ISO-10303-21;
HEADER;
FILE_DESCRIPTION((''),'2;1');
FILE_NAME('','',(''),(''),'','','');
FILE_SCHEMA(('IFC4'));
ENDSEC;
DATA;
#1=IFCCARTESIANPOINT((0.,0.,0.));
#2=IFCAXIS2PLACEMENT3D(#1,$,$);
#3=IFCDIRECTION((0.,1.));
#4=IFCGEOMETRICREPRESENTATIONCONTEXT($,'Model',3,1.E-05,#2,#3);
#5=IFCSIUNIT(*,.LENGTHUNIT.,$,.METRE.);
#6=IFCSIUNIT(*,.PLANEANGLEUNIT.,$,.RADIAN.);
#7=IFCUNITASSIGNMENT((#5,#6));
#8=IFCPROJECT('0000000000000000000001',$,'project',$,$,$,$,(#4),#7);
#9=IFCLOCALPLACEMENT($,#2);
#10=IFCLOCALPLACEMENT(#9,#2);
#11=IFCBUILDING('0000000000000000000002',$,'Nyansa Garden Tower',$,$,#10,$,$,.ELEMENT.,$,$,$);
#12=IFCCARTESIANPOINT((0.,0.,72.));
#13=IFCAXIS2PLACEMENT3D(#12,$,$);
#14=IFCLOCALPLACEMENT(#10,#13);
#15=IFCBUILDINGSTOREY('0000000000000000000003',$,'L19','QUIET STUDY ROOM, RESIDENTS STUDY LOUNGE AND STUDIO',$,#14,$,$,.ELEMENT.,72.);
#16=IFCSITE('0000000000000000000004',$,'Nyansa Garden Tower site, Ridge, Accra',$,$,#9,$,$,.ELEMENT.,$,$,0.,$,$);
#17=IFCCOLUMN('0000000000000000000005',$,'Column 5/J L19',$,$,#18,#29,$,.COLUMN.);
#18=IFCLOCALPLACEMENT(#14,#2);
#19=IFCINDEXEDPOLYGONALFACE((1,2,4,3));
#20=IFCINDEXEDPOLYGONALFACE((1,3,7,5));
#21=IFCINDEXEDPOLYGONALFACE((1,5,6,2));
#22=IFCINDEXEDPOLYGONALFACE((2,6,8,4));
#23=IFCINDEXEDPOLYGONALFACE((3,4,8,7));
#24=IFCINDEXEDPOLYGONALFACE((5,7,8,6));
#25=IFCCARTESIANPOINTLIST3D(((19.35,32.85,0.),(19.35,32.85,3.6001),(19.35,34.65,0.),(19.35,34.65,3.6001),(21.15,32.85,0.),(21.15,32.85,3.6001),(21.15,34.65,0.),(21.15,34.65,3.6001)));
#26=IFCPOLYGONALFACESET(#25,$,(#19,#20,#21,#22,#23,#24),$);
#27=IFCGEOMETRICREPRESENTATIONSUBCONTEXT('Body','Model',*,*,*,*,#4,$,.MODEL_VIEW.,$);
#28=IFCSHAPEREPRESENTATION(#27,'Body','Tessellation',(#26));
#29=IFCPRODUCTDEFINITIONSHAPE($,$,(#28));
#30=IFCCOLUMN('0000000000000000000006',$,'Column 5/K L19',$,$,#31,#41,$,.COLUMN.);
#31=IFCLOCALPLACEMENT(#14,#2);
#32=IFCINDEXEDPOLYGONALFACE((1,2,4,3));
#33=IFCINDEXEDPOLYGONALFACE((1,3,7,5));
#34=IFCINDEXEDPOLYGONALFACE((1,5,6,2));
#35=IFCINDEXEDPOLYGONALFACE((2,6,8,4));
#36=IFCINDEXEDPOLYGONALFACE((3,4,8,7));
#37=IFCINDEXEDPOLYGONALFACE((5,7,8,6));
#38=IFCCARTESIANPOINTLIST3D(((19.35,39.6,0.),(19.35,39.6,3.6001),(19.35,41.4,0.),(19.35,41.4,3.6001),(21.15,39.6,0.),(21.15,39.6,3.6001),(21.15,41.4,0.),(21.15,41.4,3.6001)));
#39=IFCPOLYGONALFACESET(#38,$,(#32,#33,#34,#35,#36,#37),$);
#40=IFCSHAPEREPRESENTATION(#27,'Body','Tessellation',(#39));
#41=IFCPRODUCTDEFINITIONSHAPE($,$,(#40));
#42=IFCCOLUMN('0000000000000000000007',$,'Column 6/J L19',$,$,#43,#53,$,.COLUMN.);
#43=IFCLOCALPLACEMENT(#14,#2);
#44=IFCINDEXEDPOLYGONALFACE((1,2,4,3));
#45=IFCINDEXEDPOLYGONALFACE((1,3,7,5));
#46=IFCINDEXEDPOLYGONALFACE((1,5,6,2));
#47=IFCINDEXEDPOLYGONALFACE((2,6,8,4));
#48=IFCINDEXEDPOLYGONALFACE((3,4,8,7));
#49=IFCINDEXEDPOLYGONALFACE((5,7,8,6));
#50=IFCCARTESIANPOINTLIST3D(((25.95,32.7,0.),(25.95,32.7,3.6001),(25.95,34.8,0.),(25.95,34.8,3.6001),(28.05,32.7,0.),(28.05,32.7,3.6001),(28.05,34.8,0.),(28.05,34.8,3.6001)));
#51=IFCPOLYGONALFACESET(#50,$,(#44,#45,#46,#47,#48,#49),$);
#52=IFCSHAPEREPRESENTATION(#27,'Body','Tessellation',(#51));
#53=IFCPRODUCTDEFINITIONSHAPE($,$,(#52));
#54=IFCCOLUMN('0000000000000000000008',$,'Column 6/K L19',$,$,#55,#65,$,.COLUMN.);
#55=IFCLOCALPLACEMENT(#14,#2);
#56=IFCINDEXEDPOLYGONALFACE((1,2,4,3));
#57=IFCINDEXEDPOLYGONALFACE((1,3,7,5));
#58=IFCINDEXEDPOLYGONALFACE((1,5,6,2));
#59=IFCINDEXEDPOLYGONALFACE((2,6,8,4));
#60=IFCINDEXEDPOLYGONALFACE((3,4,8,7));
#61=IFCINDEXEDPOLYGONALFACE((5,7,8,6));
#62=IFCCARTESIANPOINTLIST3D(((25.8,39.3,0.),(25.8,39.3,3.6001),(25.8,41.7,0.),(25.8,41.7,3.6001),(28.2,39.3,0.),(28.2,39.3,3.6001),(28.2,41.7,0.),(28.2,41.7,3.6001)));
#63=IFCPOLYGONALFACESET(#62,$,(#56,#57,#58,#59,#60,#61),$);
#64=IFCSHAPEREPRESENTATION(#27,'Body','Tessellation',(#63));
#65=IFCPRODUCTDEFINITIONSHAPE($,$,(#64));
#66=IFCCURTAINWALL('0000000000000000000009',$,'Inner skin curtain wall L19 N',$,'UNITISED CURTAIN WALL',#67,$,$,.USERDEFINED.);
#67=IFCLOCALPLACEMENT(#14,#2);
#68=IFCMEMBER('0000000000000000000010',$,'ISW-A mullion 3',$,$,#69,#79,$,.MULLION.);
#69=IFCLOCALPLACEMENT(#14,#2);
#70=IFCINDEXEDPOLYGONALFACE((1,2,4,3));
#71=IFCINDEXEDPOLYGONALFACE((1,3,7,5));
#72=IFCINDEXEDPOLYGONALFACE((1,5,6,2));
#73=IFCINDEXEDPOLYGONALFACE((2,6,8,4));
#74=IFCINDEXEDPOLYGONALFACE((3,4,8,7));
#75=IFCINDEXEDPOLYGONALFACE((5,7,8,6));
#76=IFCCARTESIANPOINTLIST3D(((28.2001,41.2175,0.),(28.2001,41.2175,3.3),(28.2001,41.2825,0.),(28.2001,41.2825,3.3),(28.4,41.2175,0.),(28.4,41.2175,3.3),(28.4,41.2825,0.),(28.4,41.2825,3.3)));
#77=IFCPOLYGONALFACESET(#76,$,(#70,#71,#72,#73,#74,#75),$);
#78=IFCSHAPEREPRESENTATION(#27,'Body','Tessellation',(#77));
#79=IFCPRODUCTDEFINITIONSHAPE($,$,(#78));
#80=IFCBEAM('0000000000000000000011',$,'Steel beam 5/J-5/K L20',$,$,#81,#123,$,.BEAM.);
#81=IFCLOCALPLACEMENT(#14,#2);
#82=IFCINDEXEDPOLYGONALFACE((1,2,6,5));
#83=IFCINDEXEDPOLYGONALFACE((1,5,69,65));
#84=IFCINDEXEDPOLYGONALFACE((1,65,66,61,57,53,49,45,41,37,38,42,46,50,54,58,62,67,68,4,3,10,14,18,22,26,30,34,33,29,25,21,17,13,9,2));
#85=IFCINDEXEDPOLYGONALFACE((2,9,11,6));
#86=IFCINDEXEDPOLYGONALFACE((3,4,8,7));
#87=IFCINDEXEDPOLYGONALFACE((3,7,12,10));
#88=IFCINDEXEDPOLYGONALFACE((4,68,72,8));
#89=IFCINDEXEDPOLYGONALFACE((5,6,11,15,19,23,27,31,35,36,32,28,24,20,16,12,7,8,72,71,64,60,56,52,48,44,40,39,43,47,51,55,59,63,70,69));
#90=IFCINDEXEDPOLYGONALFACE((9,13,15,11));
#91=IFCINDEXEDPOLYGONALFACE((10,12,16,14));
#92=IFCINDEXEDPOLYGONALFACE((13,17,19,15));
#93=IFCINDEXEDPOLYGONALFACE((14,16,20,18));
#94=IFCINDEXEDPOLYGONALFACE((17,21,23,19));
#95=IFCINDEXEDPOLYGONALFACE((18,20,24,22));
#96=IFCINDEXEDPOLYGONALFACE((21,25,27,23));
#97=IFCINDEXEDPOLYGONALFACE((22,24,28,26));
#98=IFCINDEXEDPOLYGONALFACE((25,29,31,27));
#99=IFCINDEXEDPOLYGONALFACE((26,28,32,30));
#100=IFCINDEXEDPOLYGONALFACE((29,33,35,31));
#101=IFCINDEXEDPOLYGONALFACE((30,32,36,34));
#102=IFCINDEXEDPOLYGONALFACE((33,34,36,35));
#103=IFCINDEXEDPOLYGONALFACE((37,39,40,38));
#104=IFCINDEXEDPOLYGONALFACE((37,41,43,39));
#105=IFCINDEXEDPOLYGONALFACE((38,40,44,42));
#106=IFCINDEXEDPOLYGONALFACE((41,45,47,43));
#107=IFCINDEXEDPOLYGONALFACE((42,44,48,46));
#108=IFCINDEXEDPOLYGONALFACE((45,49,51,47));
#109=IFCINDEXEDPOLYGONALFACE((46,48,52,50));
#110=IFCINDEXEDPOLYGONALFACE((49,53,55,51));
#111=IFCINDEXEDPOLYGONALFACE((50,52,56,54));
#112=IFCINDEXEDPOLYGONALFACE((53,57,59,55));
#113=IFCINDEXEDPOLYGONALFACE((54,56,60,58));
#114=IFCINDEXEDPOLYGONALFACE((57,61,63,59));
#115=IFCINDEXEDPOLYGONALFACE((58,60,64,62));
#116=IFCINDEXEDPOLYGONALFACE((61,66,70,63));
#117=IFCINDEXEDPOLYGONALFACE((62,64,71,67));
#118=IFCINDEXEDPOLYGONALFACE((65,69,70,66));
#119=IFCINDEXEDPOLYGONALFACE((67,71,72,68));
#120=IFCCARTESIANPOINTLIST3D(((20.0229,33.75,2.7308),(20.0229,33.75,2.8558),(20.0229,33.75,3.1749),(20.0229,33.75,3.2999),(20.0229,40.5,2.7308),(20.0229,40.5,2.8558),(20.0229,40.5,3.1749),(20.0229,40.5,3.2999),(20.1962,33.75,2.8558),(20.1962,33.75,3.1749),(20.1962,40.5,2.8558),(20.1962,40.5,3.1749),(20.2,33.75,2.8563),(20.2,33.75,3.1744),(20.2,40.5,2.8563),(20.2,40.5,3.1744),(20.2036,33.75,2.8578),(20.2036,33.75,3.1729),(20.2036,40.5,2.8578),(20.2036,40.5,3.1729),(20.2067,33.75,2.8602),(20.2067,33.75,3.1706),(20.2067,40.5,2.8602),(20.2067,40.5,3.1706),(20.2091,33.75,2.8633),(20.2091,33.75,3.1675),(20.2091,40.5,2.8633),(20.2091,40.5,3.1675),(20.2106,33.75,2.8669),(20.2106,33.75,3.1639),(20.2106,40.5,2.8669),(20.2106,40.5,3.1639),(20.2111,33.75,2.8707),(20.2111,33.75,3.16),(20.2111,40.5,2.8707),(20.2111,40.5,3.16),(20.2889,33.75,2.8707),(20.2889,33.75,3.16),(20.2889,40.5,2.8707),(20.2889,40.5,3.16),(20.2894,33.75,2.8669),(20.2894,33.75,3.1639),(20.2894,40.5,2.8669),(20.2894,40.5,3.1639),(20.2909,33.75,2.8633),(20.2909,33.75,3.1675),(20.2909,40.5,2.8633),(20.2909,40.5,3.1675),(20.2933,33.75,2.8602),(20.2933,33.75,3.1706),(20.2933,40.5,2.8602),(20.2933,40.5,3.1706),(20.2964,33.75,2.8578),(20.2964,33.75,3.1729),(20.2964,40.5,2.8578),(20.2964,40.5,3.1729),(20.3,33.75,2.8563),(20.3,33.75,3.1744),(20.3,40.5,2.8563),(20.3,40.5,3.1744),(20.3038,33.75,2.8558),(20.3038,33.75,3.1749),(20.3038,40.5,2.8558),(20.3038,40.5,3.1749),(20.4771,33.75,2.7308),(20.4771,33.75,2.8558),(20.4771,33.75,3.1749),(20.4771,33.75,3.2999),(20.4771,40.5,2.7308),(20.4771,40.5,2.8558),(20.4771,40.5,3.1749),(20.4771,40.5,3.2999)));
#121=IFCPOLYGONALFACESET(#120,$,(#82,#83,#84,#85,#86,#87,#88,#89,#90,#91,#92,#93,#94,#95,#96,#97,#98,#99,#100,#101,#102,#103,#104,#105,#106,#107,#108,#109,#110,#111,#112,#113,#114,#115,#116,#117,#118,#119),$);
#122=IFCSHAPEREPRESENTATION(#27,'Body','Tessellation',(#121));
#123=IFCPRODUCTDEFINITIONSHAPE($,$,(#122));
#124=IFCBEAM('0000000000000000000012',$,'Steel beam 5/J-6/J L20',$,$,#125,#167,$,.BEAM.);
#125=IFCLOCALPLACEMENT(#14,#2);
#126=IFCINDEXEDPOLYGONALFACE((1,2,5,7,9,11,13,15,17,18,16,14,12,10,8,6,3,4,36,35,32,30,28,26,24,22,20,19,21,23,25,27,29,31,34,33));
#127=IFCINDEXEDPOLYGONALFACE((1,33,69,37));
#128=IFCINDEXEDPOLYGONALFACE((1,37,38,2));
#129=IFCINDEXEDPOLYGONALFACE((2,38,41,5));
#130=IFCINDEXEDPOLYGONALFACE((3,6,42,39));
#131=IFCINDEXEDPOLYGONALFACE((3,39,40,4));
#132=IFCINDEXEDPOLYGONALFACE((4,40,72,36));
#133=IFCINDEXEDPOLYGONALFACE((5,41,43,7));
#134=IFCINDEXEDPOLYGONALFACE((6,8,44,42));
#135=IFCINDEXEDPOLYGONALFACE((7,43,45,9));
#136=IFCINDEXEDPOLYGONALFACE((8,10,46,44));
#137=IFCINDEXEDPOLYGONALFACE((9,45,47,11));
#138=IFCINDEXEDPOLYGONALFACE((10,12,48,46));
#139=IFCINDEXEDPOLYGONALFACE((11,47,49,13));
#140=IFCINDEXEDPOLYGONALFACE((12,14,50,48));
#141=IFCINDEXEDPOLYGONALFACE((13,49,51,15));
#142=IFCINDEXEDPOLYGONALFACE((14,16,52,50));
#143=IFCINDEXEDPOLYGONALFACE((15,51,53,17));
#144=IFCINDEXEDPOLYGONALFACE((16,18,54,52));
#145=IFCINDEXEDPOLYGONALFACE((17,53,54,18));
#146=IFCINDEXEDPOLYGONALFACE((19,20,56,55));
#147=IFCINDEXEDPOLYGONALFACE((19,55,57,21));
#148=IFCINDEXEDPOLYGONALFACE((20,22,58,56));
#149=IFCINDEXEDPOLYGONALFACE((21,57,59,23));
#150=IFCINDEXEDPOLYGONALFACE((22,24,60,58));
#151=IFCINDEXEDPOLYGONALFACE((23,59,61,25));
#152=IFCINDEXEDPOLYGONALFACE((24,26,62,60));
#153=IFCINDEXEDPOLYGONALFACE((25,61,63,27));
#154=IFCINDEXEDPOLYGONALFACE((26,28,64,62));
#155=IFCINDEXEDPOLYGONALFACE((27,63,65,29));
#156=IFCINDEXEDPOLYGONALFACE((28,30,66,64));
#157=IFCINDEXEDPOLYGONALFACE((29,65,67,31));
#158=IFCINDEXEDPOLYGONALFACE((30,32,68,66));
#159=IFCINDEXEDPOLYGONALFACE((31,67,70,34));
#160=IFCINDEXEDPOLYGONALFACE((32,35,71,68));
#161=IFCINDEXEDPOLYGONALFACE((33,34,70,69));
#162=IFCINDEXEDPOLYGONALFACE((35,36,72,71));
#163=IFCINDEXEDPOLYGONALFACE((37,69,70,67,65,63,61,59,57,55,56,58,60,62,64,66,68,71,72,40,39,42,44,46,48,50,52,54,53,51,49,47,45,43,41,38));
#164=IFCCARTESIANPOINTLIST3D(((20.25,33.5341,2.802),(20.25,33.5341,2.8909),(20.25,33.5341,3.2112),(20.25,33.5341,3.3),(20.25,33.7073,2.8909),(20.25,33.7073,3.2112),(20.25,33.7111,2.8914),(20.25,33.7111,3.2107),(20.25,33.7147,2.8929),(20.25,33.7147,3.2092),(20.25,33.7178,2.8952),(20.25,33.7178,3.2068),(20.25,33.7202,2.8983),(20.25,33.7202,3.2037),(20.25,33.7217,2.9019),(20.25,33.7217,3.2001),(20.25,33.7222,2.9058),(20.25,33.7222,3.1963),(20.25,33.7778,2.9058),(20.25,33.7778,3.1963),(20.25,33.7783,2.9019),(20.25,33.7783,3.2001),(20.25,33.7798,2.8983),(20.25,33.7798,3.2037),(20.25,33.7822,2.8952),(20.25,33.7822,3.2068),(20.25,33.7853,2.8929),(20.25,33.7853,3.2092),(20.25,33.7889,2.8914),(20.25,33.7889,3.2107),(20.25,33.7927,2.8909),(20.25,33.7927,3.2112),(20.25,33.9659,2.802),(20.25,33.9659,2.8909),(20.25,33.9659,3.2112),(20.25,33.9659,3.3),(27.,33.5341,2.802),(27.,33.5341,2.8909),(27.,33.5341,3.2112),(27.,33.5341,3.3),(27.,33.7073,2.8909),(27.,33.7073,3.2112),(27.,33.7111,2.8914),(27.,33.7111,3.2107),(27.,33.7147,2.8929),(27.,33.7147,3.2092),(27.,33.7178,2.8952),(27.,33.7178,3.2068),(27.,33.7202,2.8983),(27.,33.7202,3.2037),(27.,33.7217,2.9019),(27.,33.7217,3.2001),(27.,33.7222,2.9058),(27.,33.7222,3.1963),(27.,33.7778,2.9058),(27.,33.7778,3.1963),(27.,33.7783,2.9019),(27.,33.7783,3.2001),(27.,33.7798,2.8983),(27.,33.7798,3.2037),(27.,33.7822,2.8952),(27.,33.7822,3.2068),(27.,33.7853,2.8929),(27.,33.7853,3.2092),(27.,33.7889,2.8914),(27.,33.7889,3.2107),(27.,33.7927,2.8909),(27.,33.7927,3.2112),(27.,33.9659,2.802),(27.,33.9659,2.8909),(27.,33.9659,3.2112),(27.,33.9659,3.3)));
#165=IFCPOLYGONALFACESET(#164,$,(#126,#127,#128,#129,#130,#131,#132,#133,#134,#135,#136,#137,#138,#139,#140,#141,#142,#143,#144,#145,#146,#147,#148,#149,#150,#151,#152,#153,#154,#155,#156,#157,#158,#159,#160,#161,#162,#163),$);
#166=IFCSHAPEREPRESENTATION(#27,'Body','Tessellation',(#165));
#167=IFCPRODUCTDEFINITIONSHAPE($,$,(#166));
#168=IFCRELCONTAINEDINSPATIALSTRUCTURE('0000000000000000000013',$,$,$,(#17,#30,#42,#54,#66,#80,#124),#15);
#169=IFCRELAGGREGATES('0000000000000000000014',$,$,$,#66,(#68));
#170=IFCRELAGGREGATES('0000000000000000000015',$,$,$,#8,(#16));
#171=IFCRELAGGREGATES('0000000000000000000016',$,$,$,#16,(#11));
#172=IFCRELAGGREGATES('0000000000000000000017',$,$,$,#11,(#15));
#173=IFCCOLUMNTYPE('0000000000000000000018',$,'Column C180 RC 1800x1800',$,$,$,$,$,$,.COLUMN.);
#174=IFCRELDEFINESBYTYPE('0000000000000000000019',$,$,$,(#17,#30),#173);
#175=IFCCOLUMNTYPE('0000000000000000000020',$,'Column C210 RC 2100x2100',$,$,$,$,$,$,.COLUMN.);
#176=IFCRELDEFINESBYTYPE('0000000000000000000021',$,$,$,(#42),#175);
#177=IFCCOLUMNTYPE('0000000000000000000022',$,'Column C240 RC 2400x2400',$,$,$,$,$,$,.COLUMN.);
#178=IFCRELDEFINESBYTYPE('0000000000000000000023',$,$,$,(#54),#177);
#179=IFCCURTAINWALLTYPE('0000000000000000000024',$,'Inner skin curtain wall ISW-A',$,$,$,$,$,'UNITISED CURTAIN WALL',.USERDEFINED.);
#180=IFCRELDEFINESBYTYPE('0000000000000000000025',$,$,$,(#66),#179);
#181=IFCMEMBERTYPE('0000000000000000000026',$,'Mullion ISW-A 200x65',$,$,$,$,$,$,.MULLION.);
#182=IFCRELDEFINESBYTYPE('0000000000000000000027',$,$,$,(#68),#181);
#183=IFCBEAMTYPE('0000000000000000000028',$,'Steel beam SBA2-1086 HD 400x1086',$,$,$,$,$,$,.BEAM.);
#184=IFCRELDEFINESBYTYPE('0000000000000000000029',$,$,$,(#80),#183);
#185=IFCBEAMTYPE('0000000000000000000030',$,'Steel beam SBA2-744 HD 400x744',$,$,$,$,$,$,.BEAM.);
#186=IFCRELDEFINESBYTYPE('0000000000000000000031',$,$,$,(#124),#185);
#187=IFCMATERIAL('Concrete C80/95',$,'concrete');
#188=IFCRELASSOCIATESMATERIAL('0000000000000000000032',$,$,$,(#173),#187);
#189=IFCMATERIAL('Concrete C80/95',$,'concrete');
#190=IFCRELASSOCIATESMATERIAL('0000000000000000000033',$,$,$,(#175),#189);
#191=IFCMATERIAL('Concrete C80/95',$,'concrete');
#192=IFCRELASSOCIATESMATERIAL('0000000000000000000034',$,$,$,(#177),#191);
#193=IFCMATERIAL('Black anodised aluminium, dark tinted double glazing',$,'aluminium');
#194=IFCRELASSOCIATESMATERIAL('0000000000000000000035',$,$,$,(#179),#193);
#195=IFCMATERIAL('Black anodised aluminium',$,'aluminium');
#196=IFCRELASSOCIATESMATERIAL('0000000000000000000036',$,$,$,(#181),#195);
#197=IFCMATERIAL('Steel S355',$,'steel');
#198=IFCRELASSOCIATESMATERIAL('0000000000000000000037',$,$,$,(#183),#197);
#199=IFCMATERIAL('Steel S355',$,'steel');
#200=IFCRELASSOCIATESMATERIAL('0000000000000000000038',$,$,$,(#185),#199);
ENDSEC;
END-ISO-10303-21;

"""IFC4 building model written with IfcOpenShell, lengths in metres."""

from ifc_helpers import new_model, si_unit, direction, frame, origin, origin_2d, place, context, subcontext, project, spatial, rectangle, i_section, extrude, material, material_profile, profile_set, type_object, element, aggregate, save


model = new_model("IFC4")

# Units and contexts
model_context = context("Model", 3, precision=1e-05, world=origin(), true_north=direction((0.0, 1.0)))
body_context = subcontext(model_context, "Body", "Model", "MODEL_VIEW")
ifc_project = project(units=[si_unit("LENGTHUNIT", "METRE"), si_unit("PLANEANGLEUNIT", "RADIAN")], contexts=[model_context])

# Site, building, storey
site_placement = place(None, origin())
site = spatial("IfcSite", under=ifc_project, at=site_placement, Name="Nyansa Garden Tower site, Ridge, Accra", CompositionType="ELEMENT", RefElevation=0.0)
building_placement = place(site_placement, origin())
building = spatial("IfcBuilding", under=site, at=building_placement, Name="Nyansa Garden Tower", CompositionType="ELEMENT")
storey_placement = place(building_placement, frame((0.0, 0.0, 72.0)))
storey = spatial("IfcBuildingStorey", under=building, at=storey_placement, Name="L19", Description="QUIET STUDY ROOM, RESIDENTS STUDY LOUNGE AND STUDIO", CompositionType="ELEMENT", Elevation=72.0)

# Columns
ifc_material_1 = material(Name="Concrete C80/95", Category="concrete")
ifc_material_profile_1 = material_profile(ifc_material_1, rectangle(XDim=1.8, YDim=1.8, at=origin_2d()), Name="RC 1800x1800")
ifc_profile_set_1 = profile_set([ifc_material_profile_1], Name="Concrete C80/95")
column_type_1 = type_object("IfcColumnType", Name="Column C180 RC 1800x1800", PredefinedType="COLUMN", material=ifc_profile_set_1)
for number, where, z_axis, x_axis, name in (
    (1, (20.25, 33.75, 0.0), (0.0, 0.0, 1.0), (1.0, 0.0, 0.0), "Column 5/J L19"),
    (2, (20.25, 40.5, 0.0), (0.0, 0.0, 1.0), (1.0, 0.0, 0.0), "Column 5/K L19"),
):
    element("IfcColumn", number, at=place(storey_placement, frame(where, z_axis=z_axis, x_axis=x_axis)), inside=storey, type_object=column_type_1, Name=name, PredefinedType="COLUMN", context=body_context, shape_type="SweptSolid", body=[
        extrude(rectangle(XDim=1.8, YDim=1.8, at=origin_2d()), origin(), (0.0, 0.0, 1.0), 3.6001),
    ])
ifc_material_2 = material(Name="Concrete C80/95", Category="concrete")
ifc_material_profile_2 = material_profile(ifc_material_2, rectangle(XDim=2.1001, YDim=2.1001, at=origin_2d()), Name="RC 2100x2100")
ifc_profile_set_2 = profile_set([ifc_material_profile_2], Name="Concrete C80/95")
column_type_2 = type_object("IfcColumnType", Name="Column C210 RC 2100x2100", PredefinedType="COLUMN", material=ifc_profile_set_2)
column_1_placement = place(storey_placement, frame((27.0, 33.75, 0.0), z_axis=(0.0, 0.0, 1.0), x_axis=(1.0, 0.0, 0.0)))
element("IfcColumn", 3, at=column_1_placement, inside=storey, type_object=column_type_2, Name="Column 6/J L19", PredefinedType="COLUMN", context=body_context, shape_type="SweptSolid", body=[
    extrude(rectangle(XDim=2.1001, YDim=2.1001, at=origin_2d()), origin(), (0.0, 0.0, 1.0), 3.6001),
])
ifc_material_3 = material(Name="Concrete C80/95", Category="concrete")
ifc_material_profile_3 = material_profile(ifc_material_3, rectangle(XDim=2.3999, YDim=2.3999, at=origin_2d()), Name="RC 2400x2400")
ifc_profile_set_3 = profile_set([ifc_material_profile_3], Name="Concrete C80/95")
column_type_3 = type_object("IfcColumnType", Name="Column C240 RC 2400x2400", PredefinedType="COLUMN", material=ifc_profile_set_3)
column_2_placement = place(storey_placement, frame((27.0, 40.5, 0.0), z_axis=(0.0, 0.0, 1.0), x_axis=(1.0, 0.0, 0.0)))
element("IfcColumn", 4, at=column_2_placement, inside=storey, type_object=column_type_3, Name="Column 6/K L19", PredefinedType="COLUMN", context=body_context, shape_type="SweptSolid", body=[
    extrude(rectangle(XDim=2.3999, YDim=2.3999, at=origin_2d()), origin(), (0.0, 0.0, 1.0), 3.6001),
])

# Curtain wall, member
ifc_material_4 = material(Name="Black anodised aluminium, dark tinted double glazing", Category="aluminium")
curtain_wall_type = type_object("IfcCurtainWallType", Name="Inner skin curtain wall ISW-A", ElementType="UNITISED CURTAIN WALL", PredefinedType="USERDEFINED", material=ifc_material_4)
curtain_wall_placement = place(storey_placement, origin())
curtain_wall = element("IfcCurtainWall", 5, at=curtain_wall_placement, inside=storey, type_object=curtain_wall_type, Name="Inner skin curtain wall L19 N", ObjectType="UNITISED CURTAIN WALL", PredefinedType="USERDEFINED")
ifc_material_5 = material(Name="Black anodised aluminium", Category="aluminium")
ifc_material_profile_4 = material_profile(ifc_material_5, rectangle(XDim=0.0649, YDim=0.2, at=origin_2d()), Name="Mullion 200x65")
ifc_profile_set_4 = profile_set([ifc_material_profile_4], Name="Black anodised aluminium")
member_type = type_object("IfcMemberType", Name="Mullion ISW-A 200x65", PredefinedType="MULLION", material=ifc_profile_set_4)
member_placement = place(storey_placement, frame((28.3, 41.25, 0.0), z_axis=(0.0, 0.0, 1.0), x_axis=(0.0, -1.0, 0.0)))
member = element("IfcMember", 6, at=member_placement, type_object=member_type, Name="ISW-A mullion 3", PredefinedType="MULLION", context=body_context, shape_type="SweptSolid", body=[
    extrude(rectangle(XDim=0.0649, YDim=0.2, at=origin_2d()), origin(), (0.0, 0.0, 1.0), 3.3),
])

# Beams
ifc_material_6 = material(Name="Steel S355", Category="steel")
ifc_material_profile_5 = material_profile(ifc_material_6, i_section(OverallWidth=0.4541, OverallDepth=0.5691, WebThickness=0.0779, FlangeThickness=0.125, FilletRadius=0.0149, at=origin_2d()), Name="HD 400x1086")
ifc_profile_set_5 = profile_set([ifc_material_profile_5], Name="Steel S355")
beam_type_1 = type_object("IfcBeamType", Name="Steel beam SBA2-1086 HD 400x1086", PredefinedType="BEAM", material=ifc_profile_set_5)
beam_1_placement = place(storey_placement, frame((20.25, 33.75, 3.0154), z_axis=(0.0, 1.0, 0.0), x_axis=(-1.0, 0.0, 0.0)))
element("IfcBeam", 7, at=beam_1_placement, inside=storey, type_object=beam_type_1, Name="Steel beam 5/J-5/K L20", PredefinedType="BEAM", context=body_context, shape_type="SweptSolid", body=[
    extrude(i_section(OverallWidth=0.4541, OverallDepth=0.5691, WebThickness=0.0779, FlangeThickness=0.125, FilletRadius=0.0149, at=origin_2d()), origin(), (0.0, 0.0, 1.0), 6.75),
])
ifc_material_7 = material(Name="Steel S355", Category="steel")
ifc_material_profile_6 = material_profile(ifc_material_7, i_section(OverallWidth=0.4319, OverallDepth=0.498, WebThickness=0.0557, FlangeThickness=0.0889, FilletRadius=0.0149, at=origin_2d()), Name="HD 400x744")
ifc_profile_set_6 = profile_set([ifc_material_profile_6], Name="Steel S355")
beam_type_2 = type_object("IfcBeamType", Name="Steel beam SBA2-744 HD 400x744", PredefinedType="BEAM", material=ifc_profile_set_6)
for number, where, z_axis, x_axis, name in (
    (8, (20.25, 33.75, 3.051), (1.0, 0.0, 0.0), (0.0, 1.0, 0.0), "Steel beam 5/J-6/J L20"),
):
    element("IfcBeam", number, at=place(storey_placement, frame(where, z_axis=z_axis, x_axis=x_axis)), inside=storey, type_object=beam_type_2, Name=name, PredefinedType="BEAM", context=body_context, shape_type="SweptSolid", body=[
        extrude(i_section(OverallWidth=0.4319, OverallDepth=0.498, WebThickness=0.0557, FlangeThickness=0.0889, FilletRadius=0.0149, at=origin_2d()), origin(), (0.0, 0.0, 1.0), 6.75),
    ])

aggregate(curtain_wall, [member])

save(model, "model.ifc")
